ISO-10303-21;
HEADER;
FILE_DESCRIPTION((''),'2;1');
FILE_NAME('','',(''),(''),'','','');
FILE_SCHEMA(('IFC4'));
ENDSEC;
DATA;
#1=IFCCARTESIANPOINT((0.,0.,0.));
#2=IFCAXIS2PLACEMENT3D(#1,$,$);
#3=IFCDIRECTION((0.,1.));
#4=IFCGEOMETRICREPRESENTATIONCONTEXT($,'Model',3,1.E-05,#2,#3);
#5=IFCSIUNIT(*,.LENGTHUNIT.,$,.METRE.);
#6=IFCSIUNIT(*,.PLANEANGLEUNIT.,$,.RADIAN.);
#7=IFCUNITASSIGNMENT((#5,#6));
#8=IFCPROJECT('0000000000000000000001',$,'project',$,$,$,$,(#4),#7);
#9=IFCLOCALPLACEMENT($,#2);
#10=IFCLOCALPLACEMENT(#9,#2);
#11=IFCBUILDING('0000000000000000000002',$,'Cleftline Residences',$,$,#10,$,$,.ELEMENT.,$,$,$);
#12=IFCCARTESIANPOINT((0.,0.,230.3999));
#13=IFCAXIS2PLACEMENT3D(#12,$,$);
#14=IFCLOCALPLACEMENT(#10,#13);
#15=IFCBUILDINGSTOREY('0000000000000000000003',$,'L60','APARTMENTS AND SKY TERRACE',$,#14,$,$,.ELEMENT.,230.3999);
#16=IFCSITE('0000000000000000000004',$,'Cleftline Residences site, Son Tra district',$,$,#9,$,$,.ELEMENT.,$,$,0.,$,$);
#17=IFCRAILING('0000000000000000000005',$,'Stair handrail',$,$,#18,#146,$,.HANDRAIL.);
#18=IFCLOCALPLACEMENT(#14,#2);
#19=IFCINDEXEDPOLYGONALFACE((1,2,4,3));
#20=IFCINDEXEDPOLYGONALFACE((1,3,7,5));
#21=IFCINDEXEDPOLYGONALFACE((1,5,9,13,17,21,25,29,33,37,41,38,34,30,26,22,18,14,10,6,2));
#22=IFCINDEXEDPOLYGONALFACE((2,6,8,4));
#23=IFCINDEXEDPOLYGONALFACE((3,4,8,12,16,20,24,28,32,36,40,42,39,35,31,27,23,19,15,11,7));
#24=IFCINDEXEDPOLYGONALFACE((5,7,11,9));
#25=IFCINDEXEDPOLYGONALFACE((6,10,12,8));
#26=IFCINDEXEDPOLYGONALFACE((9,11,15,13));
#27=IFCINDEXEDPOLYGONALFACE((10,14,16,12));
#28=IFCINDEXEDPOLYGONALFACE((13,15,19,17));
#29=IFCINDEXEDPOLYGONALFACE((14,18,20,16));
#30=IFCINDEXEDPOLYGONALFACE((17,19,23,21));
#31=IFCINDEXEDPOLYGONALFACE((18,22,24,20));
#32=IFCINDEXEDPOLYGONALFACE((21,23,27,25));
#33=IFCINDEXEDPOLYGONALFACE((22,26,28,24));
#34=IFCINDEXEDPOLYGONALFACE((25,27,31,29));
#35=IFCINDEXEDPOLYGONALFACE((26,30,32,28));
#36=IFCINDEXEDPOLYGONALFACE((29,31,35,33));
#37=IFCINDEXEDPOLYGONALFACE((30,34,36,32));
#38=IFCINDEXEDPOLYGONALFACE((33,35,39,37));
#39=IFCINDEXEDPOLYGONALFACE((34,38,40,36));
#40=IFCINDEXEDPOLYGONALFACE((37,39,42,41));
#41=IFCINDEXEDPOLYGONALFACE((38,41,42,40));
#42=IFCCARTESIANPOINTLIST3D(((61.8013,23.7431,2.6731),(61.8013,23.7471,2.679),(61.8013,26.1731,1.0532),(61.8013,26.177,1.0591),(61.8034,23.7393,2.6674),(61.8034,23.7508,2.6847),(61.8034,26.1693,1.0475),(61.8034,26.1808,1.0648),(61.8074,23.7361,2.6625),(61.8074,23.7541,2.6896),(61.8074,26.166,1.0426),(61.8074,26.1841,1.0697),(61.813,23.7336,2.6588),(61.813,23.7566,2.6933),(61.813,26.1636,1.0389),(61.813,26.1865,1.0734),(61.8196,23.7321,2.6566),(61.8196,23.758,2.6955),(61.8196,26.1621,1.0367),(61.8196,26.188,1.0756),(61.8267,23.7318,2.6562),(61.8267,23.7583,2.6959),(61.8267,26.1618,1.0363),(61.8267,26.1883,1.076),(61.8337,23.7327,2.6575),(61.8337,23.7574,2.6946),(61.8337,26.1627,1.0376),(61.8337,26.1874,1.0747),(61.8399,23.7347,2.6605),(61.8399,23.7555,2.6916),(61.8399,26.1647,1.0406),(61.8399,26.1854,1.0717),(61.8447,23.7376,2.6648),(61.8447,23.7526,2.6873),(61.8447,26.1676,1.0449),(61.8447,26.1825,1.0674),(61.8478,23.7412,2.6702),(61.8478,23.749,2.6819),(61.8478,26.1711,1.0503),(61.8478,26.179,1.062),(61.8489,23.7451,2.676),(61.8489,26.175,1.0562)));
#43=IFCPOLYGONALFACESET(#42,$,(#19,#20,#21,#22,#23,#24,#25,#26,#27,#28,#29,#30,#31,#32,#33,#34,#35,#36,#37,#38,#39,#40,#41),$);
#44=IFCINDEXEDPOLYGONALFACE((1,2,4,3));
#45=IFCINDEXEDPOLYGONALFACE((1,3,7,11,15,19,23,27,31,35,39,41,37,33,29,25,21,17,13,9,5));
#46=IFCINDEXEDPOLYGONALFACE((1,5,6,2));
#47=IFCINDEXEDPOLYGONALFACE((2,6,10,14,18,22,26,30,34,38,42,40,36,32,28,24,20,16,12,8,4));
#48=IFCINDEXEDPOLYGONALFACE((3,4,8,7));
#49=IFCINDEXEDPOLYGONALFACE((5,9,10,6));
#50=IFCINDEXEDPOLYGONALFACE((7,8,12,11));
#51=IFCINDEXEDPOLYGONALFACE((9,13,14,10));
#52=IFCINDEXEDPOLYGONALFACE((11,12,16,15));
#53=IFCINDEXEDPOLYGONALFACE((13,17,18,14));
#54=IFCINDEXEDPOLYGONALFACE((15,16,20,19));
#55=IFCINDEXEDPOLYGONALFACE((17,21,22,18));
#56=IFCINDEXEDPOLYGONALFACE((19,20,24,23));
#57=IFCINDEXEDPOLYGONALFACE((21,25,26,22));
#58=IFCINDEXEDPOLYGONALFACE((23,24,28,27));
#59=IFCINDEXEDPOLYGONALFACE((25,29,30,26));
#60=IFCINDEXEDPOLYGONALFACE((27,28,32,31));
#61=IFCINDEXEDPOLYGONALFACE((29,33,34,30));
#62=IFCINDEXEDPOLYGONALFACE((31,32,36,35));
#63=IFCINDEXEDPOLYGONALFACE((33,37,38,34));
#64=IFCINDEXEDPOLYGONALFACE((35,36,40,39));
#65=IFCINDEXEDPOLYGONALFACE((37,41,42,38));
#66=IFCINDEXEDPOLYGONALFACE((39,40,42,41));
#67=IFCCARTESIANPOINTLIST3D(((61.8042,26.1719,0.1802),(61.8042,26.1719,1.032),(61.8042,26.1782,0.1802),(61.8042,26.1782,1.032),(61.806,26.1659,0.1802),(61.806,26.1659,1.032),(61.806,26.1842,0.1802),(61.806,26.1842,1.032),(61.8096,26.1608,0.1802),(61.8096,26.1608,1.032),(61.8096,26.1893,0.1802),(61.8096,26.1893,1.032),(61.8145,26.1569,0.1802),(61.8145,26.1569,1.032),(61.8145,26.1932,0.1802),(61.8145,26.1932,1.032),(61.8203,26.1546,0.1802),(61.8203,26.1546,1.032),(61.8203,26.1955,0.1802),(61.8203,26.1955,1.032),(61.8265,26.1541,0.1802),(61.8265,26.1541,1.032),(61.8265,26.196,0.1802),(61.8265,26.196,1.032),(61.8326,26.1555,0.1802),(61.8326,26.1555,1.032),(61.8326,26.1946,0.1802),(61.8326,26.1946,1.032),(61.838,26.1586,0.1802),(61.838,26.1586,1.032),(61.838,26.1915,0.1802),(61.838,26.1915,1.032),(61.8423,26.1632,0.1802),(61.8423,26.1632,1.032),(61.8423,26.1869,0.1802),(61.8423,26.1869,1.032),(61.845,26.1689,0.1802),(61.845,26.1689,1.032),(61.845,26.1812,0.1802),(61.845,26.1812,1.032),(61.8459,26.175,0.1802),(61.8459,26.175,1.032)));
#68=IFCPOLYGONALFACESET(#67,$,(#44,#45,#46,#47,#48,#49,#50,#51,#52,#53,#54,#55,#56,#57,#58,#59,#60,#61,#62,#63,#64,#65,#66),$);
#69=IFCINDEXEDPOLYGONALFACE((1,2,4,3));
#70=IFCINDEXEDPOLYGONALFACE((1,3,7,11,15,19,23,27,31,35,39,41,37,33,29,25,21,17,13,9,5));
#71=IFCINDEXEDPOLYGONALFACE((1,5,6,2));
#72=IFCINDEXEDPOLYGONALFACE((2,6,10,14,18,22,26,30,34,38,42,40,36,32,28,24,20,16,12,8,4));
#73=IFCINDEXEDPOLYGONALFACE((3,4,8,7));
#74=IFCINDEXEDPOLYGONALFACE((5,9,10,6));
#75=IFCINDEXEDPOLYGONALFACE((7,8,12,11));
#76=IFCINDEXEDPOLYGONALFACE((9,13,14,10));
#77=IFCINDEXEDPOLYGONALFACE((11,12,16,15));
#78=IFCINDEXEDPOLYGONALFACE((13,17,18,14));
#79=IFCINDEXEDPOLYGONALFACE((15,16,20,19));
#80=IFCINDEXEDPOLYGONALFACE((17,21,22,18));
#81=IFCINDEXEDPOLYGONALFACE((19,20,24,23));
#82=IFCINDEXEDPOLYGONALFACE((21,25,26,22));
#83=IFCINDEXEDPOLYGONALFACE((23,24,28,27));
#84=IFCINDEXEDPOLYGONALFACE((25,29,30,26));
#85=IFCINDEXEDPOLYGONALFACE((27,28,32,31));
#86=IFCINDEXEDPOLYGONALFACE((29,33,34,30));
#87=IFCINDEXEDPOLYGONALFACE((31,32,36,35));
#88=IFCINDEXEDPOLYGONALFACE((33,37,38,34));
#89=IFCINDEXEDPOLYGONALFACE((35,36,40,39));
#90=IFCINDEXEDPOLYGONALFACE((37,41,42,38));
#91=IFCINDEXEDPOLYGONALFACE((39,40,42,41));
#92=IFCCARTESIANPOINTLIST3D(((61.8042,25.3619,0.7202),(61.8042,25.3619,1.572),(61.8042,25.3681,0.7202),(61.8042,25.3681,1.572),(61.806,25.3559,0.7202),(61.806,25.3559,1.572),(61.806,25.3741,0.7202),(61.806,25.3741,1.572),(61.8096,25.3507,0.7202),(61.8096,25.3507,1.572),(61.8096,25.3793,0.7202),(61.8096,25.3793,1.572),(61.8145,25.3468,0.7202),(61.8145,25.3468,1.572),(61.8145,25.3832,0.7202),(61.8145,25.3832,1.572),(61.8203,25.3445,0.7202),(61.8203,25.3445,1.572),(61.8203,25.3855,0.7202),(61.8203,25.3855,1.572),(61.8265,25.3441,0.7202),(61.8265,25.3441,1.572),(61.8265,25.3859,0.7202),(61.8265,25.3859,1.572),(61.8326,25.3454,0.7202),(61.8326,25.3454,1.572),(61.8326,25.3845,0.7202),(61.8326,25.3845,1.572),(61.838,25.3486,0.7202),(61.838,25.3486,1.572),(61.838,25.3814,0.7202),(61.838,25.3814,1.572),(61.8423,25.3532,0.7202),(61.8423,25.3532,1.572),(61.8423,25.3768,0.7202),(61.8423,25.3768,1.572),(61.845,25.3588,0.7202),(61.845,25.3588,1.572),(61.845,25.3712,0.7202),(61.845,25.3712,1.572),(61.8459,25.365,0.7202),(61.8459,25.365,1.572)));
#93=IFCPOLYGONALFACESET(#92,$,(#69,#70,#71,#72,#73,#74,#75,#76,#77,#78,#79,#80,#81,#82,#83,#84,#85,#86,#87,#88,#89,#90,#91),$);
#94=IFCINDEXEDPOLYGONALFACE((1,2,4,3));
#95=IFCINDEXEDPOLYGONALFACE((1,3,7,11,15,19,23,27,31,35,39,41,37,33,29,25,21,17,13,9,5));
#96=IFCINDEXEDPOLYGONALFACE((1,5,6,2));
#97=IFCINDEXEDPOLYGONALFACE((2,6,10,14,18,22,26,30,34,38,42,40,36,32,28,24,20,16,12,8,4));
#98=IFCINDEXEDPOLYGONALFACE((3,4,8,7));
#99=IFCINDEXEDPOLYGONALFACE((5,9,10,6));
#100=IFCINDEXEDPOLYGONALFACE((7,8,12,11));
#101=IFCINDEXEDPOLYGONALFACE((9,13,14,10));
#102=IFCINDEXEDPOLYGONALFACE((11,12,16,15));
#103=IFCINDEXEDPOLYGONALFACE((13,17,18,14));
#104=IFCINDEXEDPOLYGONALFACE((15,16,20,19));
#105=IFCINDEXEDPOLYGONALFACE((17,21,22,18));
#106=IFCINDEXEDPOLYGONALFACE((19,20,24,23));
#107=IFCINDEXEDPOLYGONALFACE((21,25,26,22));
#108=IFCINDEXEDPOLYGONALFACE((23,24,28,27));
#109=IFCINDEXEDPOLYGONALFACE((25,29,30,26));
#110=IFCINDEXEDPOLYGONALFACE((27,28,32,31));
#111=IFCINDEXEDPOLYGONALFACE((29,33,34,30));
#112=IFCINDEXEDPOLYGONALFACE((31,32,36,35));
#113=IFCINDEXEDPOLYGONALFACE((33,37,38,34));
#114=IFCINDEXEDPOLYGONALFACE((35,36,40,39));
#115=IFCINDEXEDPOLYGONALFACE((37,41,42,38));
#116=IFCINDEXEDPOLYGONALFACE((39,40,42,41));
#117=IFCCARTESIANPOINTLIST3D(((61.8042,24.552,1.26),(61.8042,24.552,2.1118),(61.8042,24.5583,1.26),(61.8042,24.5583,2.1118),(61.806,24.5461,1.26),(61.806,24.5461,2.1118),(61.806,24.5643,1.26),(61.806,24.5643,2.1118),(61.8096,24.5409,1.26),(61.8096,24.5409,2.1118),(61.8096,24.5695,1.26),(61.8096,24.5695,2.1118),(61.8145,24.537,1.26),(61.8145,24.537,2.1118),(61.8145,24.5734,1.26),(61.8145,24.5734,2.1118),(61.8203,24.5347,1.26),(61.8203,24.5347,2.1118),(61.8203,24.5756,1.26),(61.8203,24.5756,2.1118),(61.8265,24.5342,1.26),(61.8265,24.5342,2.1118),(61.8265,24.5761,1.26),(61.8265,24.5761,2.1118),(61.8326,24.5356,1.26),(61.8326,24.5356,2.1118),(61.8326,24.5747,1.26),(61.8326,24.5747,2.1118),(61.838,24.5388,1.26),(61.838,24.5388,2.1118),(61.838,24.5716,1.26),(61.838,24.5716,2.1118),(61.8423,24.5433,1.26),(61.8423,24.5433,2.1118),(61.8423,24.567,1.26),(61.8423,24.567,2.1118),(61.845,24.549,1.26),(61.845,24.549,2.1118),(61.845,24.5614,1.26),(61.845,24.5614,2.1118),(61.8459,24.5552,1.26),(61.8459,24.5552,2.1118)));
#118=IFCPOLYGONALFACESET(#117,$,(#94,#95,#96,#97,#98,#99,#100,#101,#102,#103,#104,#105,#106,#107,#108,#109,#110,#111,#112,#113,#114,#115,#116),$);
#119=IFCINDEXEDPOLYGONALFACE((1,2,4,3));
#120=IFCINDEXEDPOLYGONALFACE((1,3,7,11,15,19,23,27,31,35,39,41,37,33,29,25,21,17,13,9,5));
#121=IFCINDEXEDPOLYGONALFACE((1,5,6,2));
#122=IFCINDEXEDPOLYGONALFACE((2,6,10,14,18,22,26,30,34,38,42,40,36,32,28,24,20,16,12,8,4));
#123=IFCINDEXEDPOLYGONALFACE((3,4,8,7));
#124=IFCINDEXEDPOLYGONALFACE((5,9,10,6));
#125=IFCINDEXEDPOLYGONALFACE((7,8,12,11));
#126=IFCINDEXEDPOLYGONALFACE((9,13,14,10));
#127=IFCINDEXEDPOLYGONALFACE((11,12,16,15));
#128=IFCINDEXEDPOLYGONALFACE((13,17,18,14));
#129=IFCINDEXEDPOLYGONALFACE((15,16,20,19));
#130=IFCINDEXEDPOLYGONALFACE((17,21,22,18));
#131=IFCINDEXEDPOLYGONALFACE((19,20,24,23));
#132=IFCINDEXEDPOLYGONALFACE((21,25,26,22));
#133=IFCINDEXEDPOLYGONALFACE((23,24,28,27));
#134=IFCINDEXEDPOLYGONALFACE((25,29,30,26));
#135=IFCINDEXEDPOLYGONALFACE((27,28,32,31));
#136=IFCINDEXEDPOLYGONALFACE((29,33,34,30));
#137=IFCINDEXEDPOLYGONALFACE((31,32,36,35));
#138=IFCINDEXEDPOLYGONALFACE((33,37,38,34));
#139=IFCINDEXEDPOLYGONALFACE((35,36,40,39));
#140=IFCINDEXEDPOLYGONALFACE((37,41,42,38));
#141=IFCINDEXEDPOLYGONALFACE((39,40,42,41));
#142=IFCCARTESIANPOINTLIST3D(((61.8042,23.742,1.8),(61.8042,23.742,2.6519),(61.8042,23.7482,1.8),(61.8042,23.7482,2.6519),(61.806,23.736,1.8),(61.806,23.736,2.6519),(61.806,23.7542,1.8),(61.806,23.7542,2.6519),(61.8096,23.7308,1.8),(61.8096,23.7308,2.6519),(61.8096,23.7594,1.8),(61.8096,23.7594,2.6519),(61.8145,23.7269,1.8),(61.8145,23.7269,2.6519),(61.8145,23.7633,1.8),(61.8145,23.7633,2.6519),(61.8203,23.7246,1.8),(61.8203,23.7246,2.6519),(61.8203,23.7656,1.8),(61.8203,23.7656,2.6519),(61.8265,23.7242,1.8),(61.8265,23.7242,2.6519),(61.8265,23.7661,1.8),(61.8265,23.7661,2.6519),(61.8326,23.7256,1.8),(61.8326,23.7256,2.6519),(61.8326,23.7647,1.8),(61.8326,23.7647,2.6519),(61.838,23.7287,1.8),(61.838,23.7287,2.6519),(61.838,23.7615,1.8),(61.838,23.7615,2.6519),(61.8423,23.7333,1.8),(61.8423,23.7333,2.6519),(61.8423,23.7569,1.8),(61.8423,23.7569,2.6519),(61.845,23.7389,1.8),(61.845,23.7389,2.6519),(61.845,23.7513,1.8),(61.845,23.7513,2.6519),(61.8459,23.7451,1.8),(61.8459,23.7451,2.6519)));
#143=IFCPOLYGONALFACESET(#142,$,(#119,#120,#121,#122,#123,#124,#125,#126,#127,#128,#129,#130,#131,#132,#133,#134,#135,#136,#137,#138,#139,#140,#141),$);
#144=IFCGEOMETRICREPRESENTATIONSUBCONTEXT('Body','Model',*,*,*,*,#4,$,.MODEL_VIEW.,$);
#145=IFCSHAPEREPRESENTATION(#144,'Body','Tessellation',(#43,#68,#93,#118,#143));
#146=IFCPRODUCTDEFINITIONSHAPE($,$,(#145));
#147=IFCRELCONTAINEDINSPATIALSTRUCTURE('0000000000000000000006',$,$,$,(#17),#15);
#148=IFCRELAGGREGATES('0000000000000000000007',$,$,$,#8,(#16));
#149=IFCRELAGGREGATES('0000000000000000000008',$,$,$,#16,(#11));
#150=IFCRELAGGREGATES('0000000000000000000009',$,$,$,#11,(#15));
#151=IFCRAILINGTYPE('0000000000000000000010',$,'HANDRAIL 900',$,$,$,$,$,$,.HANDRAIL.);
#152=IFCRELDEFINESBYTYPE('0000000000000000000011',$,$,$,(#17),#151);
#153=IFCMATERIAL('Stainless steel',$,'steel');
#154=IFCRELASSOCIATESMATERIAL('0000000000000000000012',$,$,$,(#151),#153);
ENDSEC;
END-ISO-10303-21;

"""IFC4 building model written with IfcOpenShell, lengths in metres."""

from ifc_helpers import new_model, si_unit, direction, frame, origin, origin_2d, place, context, subcontext, project, spatial, circle, extrude, material, type_object, element, save


model = new_model("IFC4")

# Units and contexts
model_context = context("Model", 3, precision=1e-05, world=origin(), true_north=direction((0.0, 1.0)))
body_context = subcontext(model_context, "Body", "Model", "MODEL_VIEW")
ifc_project = project(units=[si_unit("LENGTHUNIT", "METRE"), si_unit("PLANEANGLEUNIT", "RADIAN")], contexts=[model_context])

# Site, building, storey
site_placement = place(None, origin())
site = spatial("IfcSite", under=ifc_project, at=site_placement, Name="Cleftline Residences site, Son Tra district", CompositionType="ELEMENT", RefElevation=0.0)
building_placement = place(site_placement, origin())
building = spatial("IfcBuilding", under=site, at=building_placement, Name="Cleftline Residences", CompositionType="ELEMENT")
storey_placement = place(building_placement, frame((0.0, 0.0, 230.3999)))
storey = spatial("IfcBuildingStorey", under=building, at=storey_placement, Name="L60", Description="APARTMENTS AND SKY TERRACE", CompositionType="ELEMENT", Elevation=230.3999)

# Railing
ifc_material_1 = material(Name="Stainless steel", Category="steel")
railing_type = type_object("IfcRailingType", Name="HANDRAIL 900", PredefinedType="HANDRAIL", material=ifc_material_1)
railing_placement = place(storey_placement, frame((61.825, 26.175, 0.1802)))
element("IfcRailing", 1, at=railing_placement, inside=storey, type_object=railing_type, Name="Stair handrail", PredefinedType="HANDRAIL", context=body_context, shape_type="SweptSolid", body=[
    extrude(circle(Radius=0.0239, at=origin_2d()), frame((0.0, 0.0, 0.876), z_axis=(0.0, -0.832063, 0.554681), x_axis=(1.0, 0.0, 0.0)), (0.0, 0.0, 1.0), 2.9204),
    extrude(circle(Radius=0.021, at=origin_2d()), origin(), (0.0, 0.0, 1.0), 0.8518),
    extrude(circle(Radius=0.021, at=origin_2d()), frame((0.0, -0.8101, 0.54)), (0.0, 0.0, 1.0), 0.8518),
    extrude(circle(Radius=0.021, at=origin_2d()), frame((0.0, -1.6199, 1.0798)), (0.0, 0.0, 1.0), 0.8518),
    extrude(circle(Radius=0.021, at=origin_2d()), frame((0.0, -2.4299, 1.6199)), (0.0, 0.0, 1.0), 0.8518),
])

save(model, "model.ifc")
